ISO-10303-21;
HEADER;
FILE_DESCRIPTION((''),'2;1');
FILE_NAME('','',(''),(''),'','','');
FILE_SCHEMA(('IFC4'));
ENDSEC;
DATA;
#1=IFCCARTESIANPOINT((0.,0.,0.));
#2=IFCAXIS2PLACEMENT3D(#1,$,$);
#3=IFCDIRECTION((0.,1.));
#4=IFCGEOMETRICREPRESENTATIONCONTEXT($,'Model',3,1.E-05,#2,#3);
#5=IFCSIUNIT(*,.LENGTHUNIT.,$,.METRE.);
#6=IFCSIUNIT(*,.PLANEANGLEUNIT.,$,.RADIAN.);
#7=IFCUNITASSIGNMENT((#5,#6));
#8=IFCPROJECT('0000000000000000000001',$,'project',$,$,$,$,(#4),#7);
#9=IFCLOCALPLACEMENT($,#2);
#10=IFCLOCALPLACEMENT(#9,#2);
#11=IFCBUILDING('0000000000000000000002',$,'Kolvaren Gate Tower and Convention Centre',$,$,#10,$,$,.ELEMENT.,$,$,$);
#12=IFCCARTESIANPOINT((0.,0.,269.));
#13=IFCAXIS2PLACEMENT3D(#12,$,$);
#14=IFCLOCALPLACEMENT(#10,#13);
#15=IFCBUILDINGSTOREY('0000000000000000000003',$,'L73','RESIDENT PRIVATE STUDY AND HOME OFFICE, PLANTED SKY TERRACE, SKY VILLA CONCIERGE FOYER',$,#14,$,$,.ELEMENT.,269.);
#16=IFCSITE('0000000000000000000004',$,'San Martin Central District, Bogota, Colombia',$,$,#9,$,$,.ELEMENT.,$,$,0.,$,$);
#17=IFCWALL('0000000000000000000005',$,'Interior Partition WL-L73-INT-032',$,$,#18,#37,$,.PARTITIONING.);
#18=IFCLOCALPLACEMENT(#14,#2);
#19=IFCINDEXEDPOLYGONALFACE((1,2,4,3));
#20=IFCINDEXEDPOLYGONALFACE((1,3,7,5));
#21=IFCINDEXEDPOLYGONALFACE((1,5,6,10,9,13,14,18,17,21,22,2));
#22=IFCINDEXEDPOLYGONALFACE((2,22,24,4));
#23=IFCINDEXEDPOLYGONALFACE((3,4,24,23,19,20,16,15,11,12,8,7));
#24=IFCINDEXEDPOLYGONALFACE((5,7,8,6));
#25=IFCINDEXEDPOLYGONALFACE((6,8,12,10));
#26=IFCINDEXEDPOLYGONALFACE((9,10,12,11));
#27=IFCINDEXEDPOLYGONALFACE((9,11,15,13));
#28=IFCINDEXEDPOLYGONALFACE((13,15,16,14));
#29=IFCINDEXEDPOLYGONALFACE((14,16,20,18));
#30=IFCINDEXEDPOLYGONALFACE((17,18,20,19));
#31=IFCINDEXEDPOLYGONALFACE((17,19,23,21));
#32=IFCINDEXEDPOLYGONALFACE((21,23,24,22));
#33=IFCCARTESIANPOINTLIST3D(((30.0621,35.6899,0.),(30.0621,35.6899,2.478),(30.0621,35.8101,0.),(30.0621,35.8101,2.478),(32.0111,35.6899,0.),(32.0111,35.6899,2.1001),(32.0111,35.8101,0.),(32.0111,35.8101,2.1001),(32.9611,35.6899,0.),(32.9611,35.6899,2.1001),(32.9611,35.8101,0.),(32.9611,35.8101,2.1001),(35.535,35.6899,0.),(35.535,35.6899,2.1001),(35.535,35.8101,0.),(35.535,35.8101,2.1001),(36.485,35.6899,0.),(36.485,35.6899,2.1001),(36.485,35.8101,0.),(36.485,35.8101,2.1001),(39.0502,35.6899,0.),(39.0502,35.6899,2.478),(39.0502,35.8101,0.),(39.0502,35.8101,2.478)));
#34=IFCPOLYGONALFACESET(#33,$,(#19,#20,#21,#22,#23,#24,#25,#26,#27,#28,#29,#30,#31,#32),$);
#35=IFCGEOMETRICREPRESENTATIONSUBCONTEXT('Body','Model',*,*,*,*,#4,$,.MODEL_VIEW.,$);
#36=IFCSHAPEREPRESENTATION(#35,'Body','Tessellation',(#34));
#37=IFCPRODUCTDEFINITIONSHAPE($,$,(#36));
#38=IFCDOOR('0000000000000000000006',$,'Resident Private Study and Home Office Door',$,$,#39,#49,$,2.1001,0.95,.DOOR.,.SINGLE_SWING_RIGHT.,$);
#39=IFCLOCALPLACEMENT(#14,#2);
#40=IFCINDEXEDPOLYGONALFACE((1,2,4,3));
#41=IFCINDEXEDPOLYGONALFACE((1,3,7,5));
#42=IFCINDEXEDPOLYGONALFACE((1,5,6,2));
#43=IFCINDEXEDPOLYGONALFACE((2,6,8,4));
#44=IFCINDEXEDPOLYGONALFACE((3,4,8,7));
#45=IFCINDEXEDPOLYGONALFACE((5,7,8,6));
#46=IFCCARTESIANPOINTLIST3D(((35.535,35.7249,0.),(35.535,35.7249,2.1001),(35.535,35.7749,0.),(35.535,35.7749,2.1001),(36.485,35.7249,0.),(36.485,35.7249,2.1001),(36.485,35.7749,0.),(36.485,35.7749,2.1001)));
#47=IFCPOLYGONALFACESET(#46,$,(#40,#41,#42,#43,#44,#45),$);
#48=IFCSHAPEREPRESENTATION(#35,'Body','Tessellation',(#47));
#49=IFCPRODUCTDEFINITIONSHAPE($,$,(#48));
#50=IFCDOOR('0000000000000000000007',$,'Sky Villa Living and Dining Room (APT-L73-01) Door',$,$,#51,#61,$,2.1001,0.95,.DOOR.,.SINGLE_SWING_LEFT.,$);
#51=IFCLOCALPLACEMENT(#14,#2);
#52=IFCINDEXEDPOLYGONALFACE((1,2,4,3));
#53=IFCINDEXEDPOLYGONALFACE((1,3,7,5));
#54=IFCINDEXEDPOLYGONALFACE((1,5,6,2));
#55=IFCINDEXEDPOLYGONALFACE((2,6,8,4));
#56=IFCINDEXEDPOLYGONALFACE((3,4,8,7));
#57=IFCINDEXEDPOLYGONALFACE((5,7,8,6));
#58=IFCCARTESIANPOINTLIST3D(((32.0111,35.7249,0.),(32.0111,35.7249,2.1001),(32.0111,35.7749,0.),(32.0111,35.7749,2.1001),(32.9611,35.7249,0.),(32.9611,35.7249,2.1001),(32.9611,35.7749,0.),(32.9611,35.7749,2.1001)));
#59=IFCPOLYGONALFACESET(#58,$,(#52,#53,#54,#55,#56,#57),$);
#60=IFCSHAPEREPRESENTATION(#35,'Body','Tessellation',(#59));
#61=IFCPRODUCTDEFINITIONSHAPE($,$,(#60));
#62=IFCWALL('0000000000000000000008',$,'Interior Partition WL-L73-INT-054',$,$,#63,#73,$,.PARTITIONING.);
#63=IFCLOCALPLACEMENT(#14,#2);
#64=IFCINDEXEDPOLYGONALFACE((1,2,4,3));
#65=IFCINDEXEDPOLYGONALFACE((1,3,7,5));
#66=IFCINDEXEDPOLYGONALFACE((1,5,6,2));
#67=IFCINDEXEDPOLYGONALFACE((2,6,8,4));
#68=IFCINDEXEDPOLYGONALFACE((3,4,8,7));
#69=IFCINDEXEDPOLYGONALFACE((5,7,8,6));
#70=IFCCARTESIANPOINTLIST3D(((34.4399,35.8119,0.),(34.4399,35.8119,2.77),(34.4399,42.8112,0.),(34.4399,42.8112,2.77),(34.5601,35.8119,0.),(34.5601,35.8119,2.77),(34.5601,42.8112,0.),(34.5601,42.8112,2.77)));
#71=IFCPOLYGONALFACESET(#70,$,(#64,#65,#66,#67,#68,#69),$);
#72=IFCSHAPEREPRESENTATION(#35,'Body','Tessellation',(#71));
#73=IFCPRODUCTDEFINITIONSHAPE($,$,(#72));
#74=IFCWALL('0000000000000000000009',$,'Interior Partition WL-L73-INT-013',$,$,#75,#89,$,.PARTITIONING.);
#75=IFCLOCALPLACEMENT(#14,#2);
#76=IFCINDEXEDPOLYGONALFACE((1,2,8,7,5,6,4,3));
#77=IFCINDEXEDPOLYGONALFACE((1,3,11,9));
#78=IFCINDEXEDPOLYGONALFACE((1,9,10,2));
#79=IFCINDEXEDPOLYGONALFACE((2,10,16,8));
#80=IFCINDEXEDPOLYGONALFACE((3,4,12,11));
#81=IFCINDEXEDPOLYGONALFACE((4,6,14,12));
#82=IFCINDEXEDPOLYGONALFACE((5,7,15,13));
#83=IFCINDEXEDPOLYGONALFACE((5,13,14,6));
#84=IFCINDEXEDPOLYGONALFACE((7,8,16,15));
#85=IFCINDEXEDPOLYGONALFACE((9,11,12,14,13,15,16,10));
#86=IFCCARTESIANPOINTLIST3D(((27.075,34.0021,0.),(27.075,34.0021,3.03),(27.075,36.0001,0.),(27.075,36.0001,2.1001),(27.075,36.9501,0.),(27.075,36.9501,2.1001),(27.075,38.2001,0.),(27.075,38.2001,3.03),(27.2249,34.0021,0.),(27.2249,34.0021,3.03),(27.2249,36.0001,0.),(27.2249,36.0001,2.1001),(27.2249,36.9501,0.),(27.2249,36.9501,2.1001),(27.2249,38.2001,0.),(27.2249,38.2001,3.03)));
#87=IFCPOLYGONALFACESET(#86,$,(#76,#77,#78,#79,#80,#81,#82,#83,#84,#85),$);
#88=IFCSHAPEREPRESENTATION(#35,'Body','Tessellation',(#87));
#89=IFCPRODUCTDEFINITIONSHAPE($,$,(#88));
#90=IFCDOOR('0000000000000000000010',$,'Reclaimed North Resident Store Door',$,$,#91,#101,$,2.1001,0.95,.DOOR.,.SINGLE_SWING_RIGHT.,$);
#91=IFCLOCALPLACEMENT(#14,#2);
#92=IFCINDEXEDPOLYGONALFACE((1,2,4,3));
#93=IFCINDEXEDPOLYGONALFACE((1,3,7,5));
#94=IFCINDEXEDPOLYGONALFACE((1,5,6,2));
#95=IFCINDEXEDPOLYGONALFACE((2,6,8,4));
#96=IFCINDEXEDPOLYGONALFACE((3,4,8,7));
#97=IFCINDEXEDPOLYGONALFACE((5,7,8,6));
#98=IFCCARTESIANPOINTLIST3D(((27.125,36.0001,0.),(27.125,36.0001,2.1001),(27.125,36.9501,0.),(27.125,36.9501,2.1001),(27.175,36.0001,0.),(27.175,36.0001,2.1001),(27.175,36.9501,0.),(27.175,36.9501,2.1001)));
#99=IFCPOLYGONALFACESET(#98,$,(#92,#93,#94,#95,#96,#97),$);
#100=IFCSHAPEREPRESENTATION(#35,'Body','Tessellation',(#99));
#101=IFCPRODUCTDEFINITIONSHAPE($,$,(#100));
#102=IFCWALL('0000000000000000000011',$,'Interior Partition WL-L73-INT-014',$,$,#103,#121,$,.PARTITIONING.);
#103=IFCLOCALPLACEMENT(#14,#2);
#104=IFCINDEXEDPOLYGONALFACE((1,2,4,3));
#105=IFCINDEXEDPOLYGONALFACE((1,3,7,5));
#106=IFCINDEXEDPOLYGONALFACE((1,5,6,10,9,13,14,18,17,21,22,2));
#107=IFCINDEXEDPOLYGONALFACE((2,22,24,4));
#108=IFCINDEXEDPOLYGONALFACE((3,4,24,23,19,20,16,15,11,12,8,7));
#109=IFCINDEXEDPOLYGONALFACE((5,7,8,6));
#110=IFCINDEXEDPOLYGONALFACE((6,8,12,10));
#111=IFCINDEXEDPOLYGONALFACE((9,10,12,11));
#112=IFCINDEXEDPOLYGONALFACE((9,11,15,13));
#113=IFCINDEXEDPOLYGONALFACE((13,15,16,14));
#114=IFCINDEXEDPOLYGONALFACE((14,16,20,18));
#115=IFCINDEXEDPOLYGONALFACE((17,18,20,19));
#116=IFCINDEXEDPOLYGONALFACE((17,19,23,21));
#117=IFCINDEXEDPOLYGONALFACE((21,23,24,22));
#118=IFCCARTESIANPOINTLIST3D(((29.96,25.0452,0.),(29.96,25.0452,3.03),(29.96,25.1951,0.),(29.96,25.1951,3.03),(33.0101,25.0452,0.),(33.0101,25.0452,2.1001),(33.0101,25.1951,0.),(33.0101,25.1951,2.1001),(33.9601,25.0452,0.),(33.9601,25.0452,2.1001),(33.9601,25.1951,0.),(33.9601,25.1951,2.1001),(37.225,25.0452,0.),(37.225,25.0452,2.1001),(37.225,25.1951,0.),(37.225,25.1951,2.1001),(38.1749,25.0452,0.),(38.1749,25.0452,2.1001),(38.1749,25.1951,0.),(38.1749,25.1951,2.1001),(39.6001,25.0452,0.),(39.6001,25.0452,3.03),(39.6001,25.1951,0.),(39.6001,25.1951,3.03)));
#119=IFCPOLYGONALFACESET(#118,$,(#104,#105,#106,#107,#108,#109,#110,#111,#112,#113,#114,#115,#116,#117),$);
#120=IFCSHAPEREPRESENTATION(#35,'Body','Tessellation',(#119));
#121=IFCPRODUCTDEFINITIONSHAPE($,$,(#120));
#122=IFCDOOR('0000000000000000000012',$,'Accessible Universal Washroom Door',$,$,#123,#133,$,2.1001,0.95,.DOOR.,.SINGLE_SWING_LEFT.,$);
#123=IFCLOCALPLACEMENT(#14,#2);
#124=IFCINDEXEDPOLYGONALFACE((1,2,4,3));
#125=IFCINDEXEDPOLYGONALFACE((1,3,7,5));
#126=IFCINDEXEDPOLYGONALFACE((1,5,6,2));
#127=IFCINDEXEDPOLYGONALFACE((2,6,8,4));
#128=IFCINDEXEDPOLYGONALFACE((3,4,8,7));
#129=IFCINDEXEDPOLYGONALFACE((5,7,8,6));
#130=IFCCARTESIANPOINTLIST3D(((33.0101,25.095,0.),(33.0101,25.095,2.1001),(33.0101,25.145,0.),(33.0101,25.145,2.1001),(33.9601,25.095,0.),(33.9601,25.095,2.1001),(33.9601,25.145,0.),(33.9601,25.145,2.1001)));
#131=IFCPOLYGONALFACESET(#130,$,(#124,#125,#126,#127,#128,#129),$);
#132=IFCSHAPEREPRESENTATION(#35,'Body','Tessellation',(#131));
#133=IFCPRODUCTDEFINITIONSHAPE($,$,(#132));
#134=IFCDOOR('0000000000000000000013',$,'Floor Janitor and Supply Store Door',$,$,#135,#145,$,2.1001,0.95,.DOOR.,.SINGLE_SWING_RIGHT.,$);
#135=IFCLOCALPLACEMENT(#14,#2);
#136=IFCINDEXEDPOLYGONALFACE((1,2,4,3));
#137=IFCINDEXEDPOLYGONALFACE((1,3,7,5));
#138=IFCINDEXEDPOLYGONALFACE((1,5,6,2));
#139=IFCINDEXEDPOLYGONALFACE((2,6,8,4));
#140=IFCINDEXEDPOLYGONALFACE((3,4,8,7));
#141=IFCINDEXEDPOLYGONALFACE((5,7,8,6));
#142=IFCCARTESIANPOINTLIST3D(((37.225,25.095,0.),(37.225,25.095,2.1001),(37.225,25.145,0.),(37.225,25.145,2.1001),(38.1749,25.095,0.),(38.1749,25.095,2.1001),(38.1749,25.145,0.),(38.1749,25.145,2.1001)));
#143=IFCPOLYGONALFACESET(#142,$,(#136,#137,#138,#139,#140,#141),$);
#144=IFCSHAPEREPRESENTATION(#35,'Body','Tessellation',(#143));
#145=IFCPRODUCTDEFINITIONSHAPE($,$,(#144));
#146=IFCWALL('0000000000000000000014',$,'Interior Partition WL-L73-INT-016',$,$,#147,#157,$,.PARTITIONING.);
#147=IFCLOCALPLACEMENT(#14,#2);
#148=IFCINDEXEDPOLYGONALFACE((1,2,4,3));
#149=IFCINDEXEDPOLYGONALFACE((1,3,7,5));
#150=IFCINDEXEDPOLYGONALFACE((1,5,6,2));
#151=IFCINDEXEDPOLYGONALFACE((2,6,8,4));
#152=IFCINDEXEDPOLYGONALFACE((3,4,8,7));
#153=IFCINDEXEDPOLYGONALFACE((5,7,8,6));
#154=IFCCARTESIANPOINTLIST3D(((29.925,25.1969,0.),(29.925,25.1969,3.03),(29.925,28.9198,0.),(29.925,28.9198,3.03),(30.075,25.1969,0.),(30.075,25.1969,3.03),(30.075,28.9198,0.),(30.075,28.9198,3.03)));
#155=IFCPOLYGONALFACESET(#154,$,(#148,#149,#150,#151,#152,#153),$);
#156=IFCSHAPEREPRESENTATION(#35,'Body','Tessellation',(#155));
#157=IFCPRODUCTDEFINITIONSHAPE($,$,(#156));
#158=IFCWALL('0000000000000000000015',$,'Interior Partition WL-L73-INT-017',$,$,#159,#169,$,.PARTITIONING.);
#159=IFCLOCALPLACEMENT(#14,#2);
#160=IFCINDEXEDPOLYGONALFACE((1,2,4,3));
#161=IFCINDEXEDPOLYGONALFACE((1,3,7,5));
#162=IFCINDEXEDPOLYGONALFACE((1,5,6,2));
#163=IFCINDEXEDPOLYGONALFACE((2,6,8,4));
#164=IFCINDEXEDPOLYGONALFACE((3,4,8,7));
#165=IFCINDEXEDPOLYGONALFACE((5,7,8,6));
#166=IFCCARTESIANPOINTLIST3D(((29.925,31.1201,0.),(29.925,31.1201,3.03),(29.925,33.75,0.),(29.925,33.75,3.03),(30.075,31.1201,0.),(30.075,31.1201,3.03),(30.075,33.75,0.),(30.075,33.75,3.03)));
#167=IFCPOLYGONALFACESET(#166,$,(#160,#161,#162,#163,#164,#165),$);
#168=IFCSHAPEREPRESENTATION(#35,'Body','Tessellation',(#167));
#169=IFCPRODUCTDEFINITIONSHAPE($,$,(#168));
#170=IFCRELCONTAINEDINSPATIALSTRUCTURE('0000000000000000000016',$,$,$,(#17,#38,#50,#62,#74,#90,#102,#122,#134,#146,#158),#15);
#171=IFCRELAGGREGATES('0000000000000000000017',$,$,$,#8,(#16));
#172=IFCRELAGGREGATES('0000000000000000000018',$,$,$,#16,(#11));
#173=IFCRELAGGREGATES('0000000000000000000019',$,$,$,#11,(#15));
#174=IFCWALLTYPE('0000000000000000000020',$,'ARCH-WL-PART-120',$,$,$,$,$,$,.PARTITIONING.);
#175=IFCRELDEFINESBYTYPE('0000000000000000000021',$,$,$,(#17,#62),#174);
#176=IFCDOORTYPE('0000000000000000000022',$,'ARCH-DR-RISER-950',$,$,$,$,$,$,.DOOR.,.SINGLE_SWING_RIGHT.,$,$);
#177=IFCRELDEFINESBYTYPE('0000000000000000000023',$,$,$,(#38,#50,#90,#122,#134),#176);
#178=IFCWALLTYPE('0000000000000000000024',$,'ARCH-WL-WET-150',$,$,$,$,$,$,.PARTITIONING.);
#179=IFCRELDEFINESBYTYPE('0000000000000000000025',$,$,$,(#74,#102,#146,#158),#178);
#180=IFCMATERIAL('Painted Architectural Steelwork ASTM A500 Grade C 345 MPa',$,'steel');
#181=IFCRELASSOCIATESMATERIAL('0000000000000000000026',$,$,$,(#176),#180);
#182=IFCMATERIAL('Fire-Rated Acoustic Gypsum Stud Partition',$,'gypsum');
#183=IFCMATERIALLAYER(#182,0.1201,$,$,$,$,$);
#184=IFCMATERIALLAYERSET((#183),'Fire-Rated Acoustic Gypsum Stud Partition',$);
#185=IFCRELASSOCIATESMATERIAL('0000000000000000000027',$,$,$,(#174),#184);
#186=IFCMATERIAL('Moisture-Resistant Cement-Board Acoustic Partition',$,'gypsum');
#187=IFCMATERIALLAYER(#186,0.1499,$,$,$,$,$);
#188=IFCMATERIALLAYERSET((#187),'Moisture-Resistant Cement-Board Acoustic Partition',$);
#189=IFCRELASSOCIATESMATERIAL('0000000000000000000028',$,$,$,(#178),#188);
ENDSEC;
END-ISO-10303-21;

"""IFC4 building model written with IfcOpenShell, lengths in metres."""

from ifc_helpers import new_model, si_unit, direction, frame, frame_2d, origin, place, context, subcontext, project, spatial, rectangle, extrude, material, layer, layer_set, type_object, element, fill, save


model = new_model("IFC4")

# Units and contexts
model_context = context("Model", 3, precision=1e-05, world=origin(), true_north=direction((0.0, 1.0)))
body_context = subcontext(model_context, "Body", "Model", "MODEL_VIEW")
ifc_project = project(units=[si_unit("LENGTHUNIT", "METRE"), si_unit("PLANEANGLEUNIT", "RADIAN")], contexts=[model_context])

# Site, building, storey
site_placement = place(None, origin())
site = spatial("IfcSite", under=ifc_project, at=site_placement, Name="San Martin Central District, Bogota, Colombia", CompositionType="ELEMENT", RefElevation=0.0)
building_placement = place(site_placement, origin())
building = spatial("IfcBuilding", under=site, at=building_placement, Name="Kolvaren Gate Tower and Convention Centre", CompositionType="ELEMENT")
storey_placement = place(building_placement, frame((0.0, 0.0, 269.0)))
storey = spatial("IfcBuildingStorey", under=building, at=storey_placement, Name="L73", Description="RESIDENT PRIVATE STUDY AND HOME OFFICE, PLANTED SKY TERRACE, SKY VILLA CONCIERGE FOYER", CompositionType="ELEMENT", Elevation=269.0)

# Shared definitions
ifc_material_1 = material(Name="Painted Architectural Steelwork ASTM A500 Grade C 345 MPa", Category="steel")
door_type = type_object("IfcDoorType", Name="ARCH-DR-RISER-950", OperationType="SINGLE_SWING_RIGHT", PredefinedType="DOOR", material=ifc_material_1)

# Shared definitions
ifc_material_2 = material(Name="Fire-Rated Acoustic Gypsum Stud Partition", Category="gypsum")
ifc_layer_1 = layer(ifc_material_2, 0.1201)
ifc_layer_set_1 = layer_set([ifc_layer_1], Name="Fire-Rated Acoustic Gypsum Stud Partition")
wall_type_1 = type_object("IfcWallType", Name="ARCH-WL-PART-120", PredefinedType="PARTITIONING", material=ifc_layer_set_1)

# Wall, openings, doors
wall_1_placement = place(storey_placement, frame((30.062, 35.75, 0.0), z_axis=(0.0, 0.0, 1.0), x_axis=(1.0, 0.0, 0.0)))
wall_1 = element("IfcWall", 1, at=wall_1_placement, inside=storey, type_object=wall_type_1, Name="Interior Partition WL-L73-INT-032", PredefinedType="PARTITIONING", context=body_context, shape_type="SweptSolid", body=[
    extrude(rectangle(XDim=8.988, YDim=0.1201, at=frame_2d((4.4941, 0.0))), origin(), (0.0, 0.0, 1.0), 2.478),
])
opening_1_placement = place(wall_1_placement, frame((5.4729, 0.0, 0.0)))
opening_1 = element("IfcOpeningElement", 2, at=opening_1_placement, cuts=wall_1, PredefinedType="OPENING", context=body_context, shape_type="SweptSolid", body=[
    extrude(rectangle(XDim=0.95, YDim=2.1001, at=frame_2d((0.4751, 1.05))), frame((0.0, 0.0701, 0.0), z_axis=(0.0, -1.0, 0.0), x_axis=(1.0, 0.0, 0.0)), (0.0, 0.0, 1.0), 0.1401),
])
opening_2_placement = place(wall_1_placement, frame((1.949, 0.0, 0.0)))
opening_2 = element("IfcOpeningElement", 3, at=opening_2_placement, cuts=wall_1, PredefinedType="OPENING", context=body_context, shape_type="SweptSolid", body=[
    extrude(rectangle(XDim=0.95, YDim=2.1001, at=frame_2d((0.4751, 1.05))), frame((0.0, 0.0701, 0.0), z_axis=(0.0, -1.0, 0.0), x_axis=(1.0, 0.0, 0.0)), (0.0, 0.0, 1.0), 0.1401),
])
door_1_placement = place(opening_1_placement, origin())
door_1 = element("IfcDoor", 4, at=door_1_placement, inside=storey, type_object=door_type, Name="Resident Private Study and Home Office Door", OperationType="SINGLE_SWING_RIGHT", OverallHeight=2.1001, OverallWidth=0.95, PredefinedType="DOOR", context=body_context, shape_type="SweptSolid", body=[
    extrude(rectangle(XDim=0.95, YDim=2.1001, at=frame_2d((0.4751, 1.05))), frame((0.0, 0.0249, 0.0), z_axis=(0.0, -1.0, 0.0), x_axis=(1.0, 0.0, 0.0)), (0.0, 0.0, 1.0), 0.05),
])
fill(opening_1, door_1)
door_2_placement = place(opening_2_placement, origin())
door_2 = element("IfcDoor", 5, at=door_2_placement, inside=storey, type_object=door_type, Name="Sky Villa Living and Dining Room (APT-L73-01) Door", OperationType="SINGLE_SWING_LEFT", OverallHeight=2.1001, OverallWidth=0.95, PredefinedType="DOOR", context=body_context, shape_type="SweptSolid", body=[
    extrude(rectangle(XDim=0.95, YDim=2.1001, at=frame_2d((0.4751, 1.05))), frame((0.0, 0.0249, 0.0), z_axis=(0.0, -1.0, 0.0), x_axis=(1.0, 0.0, 0.0)), (0.0, 0.0, 1.0), 0.05),
])
fill(opening_2, door_2)

# Wall
wall_2_placement = place(storey_placement, frame((34.5, 35.812, 0.0), z_axis=(0.0, 0.0, 1.0), x_axis=(0.0, 1.0, 0.0)))
element("IfcWall", 6, at=wall_2_placement, inside=storey, type_object=wall_type_1, Name="Interior Partition WL-L73-INT-054", PredefinedType="PARTITIONING", context=body_context, shape_type="SweptSolid", body=[
    extrude(rectangle(XDim=6.9993, YDim=0.1201, at=frame_2d((3.4995, 0.0))), origin(), (0.0, 0.0, 1.0), 2.77),
])

# Wall, opening, door
ifc_material_3 = material(Name="Moisture-Resistant Cement-Board Acoustic Partition", Category="gypsum")
ifc_layer_2 = layer(ifc_material_3, 0.1499)
ifc_layer_set_2 = layer_set([ifc_layer_2], Name="Moisture-Resistant Cement-Board Acoustic Partition")
wall_type_2 = type_object("IfcWallType", Name="ARCH-WL-WET-150", PredefinedType="PARTITIONING", material=ifc_layer_set_2)
wall_3_placement = place(storey_placement, frame((27.1499, 34.002, 0.0), z_axis=(0.0, 0.0, 1.0), x_axis=(0.0, 1.0, 0.0)))
wall_3 = element("IfcWall", 7, at=wall_3_placement, inside=storey, type_object=wall_type_2, Name="Interior Partition WL-L73-INT-013", PredefinedType="PARTITIONING", context=body_context, shape_type="SweptSolid", body=[
    extrude(rectangle(XDim=4.198, YDim=0.1499, at=frame_2d((2.0991, 0.0))), origin(), (0.0, 0.0, 1.0), 3.03),
])
opening_3_placement = place(wall_3_placement, frame((1.998, 0.0, 0.0)))
opening_3 = element("IfcOpeningElement", 8, at=opening_3_placement, cuts=wall_3, PredefinedType="OPENING", context=body_context, shape_type="SweptSolid", body=[
    extrude(rectangle(XDim=0.95, YDim=2.1001, at=frame_2d((0.4751, 1.05))), frame((0.0, 0.085, 0.0), z_axis=(0.0, -1.0, 0.0), x_axis=(1.0, 0.0, 0.0)), (0.0, 0.0, 1.0), 0.1699),
])
door_3_placement = place(opening_3_placement, origin())
door_3 = element("IfcDoor", 9, at=door_3_placement, inside=storey, type_object=door_type, Name="Reclaimed North Resident Store Door", OperationType="SINGLE_SWING_RIGHT", OverallHeight=2.1001, OverallWidth=0.95, PredefinedType="DOOR", context=body_context, shape_type="SweptSolid", body=[
    extrude(rectangle(XDim=0.95, YDim=2.1001, at=frame_2d((0.4751, 1.05))), frame((0.0, 0.0249, 0.0), z_axis=(0.0, -1.0, 0.0), x_axis=(1.0, 0.0, 0.0)), (0.0, 0.0, 1.0), 0.05),
])
fill(opening_3, door_3)

# Wall, openings, doors
wall_4_placement = place(storey_placement, frame((29.96, 25.1201, 0.0), z_axis=(0.0, 0.0, 1.0), x_axis=(1.0, 0.0, 0.0)))
wall_4 = element("IfcWall", 10, at=wall_4_placement, inside=storey, type_object=wall_type_2, Name="Interior Partition WL-L73-INT-014", PredefinedType="PARTITIONING", context=body_context, shape_type="SweptSolid", body=[
    extrude(rectangle(XDim=9.6401, YDim=0.1499, at=frame_2d((4.8201, 0.0))), origin(), (0.0, 0.0, 1.0), 3.03),
])
opening_4_placement = place(wall_4_placement, frame((3.05, 0.0, 0.0)))
opening_4 = element("IfcOpeningElement", 11, at=opening_4_placement, cuts=wall_4, PredefinedType="OPENING", context=body_context, shape_type="SweptSolid", body=[
    extrude(rectangle(XDim=0.95, YDim=2.1001, at=frame_2d((0.4751, 1.05))), frame((0.0, 0.085, 0.0), z_axis=(0.0, -1.0, 0.0), x_axis=(1.0, 0.0, 0.0)), (0.0, 0.0, 1.0), 0.1699),
])
opening_5_placement = place(wall_4_placement, frame((7.2649, 0.0, 0.0)))
opening_5 = element("IfcOpeningElement", 12, at=opening_5_placement, cuts=wall_4, PredefinedType="OPENING", context=body_context, shape_type="SweptSolid", body=[
    extrude(rectangle(XDim=0.95, YDim=2.1001, at=frame_2d((0.4751, 1.05))), frame((0.0, 0.085, 0.0), z_axis=(0.0, -1.0, 0.0), x_axis=(1.0, 0.0, 0.0)), (0.0, 0.0, 1.0), 0.1699),
])
door_4_placement = place(opening_4_placement, origin())
door_4 = element("IfcDoor", 13, at=door_4_placement, inside=storey, type_object=door_type, Name="Accessible Universal Washroom Door", OperationType="SINGLE_SWING_LEFT", OverallHeight=2.1001, OverallWidth=0.95, PredefinedType="DOOR", context=body_context, shape_type="SweptSolid", body=[
    extrude(rectangle(XDim=0.95, YDim=2.1001, at=frame_2d((0.4751, 1.05))), frame((0.0, 0.0249, 0.0), z_axis=(0.0, -1.0, 0.0), x_axis=(1.0, 0.0, 0.0)), (0.0, 0.0, 1.0), 0.05),
])
fill(opening_4, door_4)
door_5_placement = place(opening_5_placement, origin())
door_5 = element("IfcDoor", 14, at=door_5_placement, inside=storey, type_object=door_type, Name="Floor Janitor and Supply Store Door", OperationType="SINGLE_SWING_RIGHT", OverallHeight=2.1001, OverallWidth=0.95, PredefinedType="DOOR", context=body_context, shape_type="SweptSolid", body=[
    extrude(rectangle(XDim=0.95, YDim=2.1001, at=frame_2d((0.4751, 1.05))), frame((0.0, 0.0249, 0.0), z_axis=(0.0, -1.0, 0.0), x_axis=(1.0, 0.0, 0.0)), (0.0, 0.0, 1.0), 0.05),
])
fill(opening_5, door_5)

# Walls
wall_5_placement = place(storey_placement, frame((30.0, 25.197, 0.0), z_axis=(0.0, 0.0, 1.0), x_axis=(0.0, 1.0, 0.0)))
element("IfcWall", 15, at=wall_5_placement, inside=storey, type_object=wall_type_2, Name="Interior Partition WL-L73-INT-016", PredefinedType="PARTITIONING", context=body_context, shape_type="SweptSolid", body=[
    extrude(rectangle(XDim=3.7229, YDim=0.1499, at=frame_2d((1.8613, 0.0))), origin(), (0.0, 0.0, 1.0), 3.03),
])
wall_6_placement = place(storey_placement, frame((30.0, 31.1201, 0.0), z_axis=(0.0, 0.0, 1.0), x_axis=(0.0, 1.0, 0.0)))
element("IfcWall", 16, at=wall_6_placement, inside=storey, type_object=wall_type_2, Name="Interior Partition WL-L73-INT-017", PredefinedType="PARTITIONING", context=body_context, shape_type="SweptSolid", body=[
    extrude(rectangle(XDim=2.6299, YDim=0.1499, at=frame_2d((1.3149, 0.0))), origin(), (0.0, 0.0, 1.0), 3.03),
])

save(model, "model.ifc")
